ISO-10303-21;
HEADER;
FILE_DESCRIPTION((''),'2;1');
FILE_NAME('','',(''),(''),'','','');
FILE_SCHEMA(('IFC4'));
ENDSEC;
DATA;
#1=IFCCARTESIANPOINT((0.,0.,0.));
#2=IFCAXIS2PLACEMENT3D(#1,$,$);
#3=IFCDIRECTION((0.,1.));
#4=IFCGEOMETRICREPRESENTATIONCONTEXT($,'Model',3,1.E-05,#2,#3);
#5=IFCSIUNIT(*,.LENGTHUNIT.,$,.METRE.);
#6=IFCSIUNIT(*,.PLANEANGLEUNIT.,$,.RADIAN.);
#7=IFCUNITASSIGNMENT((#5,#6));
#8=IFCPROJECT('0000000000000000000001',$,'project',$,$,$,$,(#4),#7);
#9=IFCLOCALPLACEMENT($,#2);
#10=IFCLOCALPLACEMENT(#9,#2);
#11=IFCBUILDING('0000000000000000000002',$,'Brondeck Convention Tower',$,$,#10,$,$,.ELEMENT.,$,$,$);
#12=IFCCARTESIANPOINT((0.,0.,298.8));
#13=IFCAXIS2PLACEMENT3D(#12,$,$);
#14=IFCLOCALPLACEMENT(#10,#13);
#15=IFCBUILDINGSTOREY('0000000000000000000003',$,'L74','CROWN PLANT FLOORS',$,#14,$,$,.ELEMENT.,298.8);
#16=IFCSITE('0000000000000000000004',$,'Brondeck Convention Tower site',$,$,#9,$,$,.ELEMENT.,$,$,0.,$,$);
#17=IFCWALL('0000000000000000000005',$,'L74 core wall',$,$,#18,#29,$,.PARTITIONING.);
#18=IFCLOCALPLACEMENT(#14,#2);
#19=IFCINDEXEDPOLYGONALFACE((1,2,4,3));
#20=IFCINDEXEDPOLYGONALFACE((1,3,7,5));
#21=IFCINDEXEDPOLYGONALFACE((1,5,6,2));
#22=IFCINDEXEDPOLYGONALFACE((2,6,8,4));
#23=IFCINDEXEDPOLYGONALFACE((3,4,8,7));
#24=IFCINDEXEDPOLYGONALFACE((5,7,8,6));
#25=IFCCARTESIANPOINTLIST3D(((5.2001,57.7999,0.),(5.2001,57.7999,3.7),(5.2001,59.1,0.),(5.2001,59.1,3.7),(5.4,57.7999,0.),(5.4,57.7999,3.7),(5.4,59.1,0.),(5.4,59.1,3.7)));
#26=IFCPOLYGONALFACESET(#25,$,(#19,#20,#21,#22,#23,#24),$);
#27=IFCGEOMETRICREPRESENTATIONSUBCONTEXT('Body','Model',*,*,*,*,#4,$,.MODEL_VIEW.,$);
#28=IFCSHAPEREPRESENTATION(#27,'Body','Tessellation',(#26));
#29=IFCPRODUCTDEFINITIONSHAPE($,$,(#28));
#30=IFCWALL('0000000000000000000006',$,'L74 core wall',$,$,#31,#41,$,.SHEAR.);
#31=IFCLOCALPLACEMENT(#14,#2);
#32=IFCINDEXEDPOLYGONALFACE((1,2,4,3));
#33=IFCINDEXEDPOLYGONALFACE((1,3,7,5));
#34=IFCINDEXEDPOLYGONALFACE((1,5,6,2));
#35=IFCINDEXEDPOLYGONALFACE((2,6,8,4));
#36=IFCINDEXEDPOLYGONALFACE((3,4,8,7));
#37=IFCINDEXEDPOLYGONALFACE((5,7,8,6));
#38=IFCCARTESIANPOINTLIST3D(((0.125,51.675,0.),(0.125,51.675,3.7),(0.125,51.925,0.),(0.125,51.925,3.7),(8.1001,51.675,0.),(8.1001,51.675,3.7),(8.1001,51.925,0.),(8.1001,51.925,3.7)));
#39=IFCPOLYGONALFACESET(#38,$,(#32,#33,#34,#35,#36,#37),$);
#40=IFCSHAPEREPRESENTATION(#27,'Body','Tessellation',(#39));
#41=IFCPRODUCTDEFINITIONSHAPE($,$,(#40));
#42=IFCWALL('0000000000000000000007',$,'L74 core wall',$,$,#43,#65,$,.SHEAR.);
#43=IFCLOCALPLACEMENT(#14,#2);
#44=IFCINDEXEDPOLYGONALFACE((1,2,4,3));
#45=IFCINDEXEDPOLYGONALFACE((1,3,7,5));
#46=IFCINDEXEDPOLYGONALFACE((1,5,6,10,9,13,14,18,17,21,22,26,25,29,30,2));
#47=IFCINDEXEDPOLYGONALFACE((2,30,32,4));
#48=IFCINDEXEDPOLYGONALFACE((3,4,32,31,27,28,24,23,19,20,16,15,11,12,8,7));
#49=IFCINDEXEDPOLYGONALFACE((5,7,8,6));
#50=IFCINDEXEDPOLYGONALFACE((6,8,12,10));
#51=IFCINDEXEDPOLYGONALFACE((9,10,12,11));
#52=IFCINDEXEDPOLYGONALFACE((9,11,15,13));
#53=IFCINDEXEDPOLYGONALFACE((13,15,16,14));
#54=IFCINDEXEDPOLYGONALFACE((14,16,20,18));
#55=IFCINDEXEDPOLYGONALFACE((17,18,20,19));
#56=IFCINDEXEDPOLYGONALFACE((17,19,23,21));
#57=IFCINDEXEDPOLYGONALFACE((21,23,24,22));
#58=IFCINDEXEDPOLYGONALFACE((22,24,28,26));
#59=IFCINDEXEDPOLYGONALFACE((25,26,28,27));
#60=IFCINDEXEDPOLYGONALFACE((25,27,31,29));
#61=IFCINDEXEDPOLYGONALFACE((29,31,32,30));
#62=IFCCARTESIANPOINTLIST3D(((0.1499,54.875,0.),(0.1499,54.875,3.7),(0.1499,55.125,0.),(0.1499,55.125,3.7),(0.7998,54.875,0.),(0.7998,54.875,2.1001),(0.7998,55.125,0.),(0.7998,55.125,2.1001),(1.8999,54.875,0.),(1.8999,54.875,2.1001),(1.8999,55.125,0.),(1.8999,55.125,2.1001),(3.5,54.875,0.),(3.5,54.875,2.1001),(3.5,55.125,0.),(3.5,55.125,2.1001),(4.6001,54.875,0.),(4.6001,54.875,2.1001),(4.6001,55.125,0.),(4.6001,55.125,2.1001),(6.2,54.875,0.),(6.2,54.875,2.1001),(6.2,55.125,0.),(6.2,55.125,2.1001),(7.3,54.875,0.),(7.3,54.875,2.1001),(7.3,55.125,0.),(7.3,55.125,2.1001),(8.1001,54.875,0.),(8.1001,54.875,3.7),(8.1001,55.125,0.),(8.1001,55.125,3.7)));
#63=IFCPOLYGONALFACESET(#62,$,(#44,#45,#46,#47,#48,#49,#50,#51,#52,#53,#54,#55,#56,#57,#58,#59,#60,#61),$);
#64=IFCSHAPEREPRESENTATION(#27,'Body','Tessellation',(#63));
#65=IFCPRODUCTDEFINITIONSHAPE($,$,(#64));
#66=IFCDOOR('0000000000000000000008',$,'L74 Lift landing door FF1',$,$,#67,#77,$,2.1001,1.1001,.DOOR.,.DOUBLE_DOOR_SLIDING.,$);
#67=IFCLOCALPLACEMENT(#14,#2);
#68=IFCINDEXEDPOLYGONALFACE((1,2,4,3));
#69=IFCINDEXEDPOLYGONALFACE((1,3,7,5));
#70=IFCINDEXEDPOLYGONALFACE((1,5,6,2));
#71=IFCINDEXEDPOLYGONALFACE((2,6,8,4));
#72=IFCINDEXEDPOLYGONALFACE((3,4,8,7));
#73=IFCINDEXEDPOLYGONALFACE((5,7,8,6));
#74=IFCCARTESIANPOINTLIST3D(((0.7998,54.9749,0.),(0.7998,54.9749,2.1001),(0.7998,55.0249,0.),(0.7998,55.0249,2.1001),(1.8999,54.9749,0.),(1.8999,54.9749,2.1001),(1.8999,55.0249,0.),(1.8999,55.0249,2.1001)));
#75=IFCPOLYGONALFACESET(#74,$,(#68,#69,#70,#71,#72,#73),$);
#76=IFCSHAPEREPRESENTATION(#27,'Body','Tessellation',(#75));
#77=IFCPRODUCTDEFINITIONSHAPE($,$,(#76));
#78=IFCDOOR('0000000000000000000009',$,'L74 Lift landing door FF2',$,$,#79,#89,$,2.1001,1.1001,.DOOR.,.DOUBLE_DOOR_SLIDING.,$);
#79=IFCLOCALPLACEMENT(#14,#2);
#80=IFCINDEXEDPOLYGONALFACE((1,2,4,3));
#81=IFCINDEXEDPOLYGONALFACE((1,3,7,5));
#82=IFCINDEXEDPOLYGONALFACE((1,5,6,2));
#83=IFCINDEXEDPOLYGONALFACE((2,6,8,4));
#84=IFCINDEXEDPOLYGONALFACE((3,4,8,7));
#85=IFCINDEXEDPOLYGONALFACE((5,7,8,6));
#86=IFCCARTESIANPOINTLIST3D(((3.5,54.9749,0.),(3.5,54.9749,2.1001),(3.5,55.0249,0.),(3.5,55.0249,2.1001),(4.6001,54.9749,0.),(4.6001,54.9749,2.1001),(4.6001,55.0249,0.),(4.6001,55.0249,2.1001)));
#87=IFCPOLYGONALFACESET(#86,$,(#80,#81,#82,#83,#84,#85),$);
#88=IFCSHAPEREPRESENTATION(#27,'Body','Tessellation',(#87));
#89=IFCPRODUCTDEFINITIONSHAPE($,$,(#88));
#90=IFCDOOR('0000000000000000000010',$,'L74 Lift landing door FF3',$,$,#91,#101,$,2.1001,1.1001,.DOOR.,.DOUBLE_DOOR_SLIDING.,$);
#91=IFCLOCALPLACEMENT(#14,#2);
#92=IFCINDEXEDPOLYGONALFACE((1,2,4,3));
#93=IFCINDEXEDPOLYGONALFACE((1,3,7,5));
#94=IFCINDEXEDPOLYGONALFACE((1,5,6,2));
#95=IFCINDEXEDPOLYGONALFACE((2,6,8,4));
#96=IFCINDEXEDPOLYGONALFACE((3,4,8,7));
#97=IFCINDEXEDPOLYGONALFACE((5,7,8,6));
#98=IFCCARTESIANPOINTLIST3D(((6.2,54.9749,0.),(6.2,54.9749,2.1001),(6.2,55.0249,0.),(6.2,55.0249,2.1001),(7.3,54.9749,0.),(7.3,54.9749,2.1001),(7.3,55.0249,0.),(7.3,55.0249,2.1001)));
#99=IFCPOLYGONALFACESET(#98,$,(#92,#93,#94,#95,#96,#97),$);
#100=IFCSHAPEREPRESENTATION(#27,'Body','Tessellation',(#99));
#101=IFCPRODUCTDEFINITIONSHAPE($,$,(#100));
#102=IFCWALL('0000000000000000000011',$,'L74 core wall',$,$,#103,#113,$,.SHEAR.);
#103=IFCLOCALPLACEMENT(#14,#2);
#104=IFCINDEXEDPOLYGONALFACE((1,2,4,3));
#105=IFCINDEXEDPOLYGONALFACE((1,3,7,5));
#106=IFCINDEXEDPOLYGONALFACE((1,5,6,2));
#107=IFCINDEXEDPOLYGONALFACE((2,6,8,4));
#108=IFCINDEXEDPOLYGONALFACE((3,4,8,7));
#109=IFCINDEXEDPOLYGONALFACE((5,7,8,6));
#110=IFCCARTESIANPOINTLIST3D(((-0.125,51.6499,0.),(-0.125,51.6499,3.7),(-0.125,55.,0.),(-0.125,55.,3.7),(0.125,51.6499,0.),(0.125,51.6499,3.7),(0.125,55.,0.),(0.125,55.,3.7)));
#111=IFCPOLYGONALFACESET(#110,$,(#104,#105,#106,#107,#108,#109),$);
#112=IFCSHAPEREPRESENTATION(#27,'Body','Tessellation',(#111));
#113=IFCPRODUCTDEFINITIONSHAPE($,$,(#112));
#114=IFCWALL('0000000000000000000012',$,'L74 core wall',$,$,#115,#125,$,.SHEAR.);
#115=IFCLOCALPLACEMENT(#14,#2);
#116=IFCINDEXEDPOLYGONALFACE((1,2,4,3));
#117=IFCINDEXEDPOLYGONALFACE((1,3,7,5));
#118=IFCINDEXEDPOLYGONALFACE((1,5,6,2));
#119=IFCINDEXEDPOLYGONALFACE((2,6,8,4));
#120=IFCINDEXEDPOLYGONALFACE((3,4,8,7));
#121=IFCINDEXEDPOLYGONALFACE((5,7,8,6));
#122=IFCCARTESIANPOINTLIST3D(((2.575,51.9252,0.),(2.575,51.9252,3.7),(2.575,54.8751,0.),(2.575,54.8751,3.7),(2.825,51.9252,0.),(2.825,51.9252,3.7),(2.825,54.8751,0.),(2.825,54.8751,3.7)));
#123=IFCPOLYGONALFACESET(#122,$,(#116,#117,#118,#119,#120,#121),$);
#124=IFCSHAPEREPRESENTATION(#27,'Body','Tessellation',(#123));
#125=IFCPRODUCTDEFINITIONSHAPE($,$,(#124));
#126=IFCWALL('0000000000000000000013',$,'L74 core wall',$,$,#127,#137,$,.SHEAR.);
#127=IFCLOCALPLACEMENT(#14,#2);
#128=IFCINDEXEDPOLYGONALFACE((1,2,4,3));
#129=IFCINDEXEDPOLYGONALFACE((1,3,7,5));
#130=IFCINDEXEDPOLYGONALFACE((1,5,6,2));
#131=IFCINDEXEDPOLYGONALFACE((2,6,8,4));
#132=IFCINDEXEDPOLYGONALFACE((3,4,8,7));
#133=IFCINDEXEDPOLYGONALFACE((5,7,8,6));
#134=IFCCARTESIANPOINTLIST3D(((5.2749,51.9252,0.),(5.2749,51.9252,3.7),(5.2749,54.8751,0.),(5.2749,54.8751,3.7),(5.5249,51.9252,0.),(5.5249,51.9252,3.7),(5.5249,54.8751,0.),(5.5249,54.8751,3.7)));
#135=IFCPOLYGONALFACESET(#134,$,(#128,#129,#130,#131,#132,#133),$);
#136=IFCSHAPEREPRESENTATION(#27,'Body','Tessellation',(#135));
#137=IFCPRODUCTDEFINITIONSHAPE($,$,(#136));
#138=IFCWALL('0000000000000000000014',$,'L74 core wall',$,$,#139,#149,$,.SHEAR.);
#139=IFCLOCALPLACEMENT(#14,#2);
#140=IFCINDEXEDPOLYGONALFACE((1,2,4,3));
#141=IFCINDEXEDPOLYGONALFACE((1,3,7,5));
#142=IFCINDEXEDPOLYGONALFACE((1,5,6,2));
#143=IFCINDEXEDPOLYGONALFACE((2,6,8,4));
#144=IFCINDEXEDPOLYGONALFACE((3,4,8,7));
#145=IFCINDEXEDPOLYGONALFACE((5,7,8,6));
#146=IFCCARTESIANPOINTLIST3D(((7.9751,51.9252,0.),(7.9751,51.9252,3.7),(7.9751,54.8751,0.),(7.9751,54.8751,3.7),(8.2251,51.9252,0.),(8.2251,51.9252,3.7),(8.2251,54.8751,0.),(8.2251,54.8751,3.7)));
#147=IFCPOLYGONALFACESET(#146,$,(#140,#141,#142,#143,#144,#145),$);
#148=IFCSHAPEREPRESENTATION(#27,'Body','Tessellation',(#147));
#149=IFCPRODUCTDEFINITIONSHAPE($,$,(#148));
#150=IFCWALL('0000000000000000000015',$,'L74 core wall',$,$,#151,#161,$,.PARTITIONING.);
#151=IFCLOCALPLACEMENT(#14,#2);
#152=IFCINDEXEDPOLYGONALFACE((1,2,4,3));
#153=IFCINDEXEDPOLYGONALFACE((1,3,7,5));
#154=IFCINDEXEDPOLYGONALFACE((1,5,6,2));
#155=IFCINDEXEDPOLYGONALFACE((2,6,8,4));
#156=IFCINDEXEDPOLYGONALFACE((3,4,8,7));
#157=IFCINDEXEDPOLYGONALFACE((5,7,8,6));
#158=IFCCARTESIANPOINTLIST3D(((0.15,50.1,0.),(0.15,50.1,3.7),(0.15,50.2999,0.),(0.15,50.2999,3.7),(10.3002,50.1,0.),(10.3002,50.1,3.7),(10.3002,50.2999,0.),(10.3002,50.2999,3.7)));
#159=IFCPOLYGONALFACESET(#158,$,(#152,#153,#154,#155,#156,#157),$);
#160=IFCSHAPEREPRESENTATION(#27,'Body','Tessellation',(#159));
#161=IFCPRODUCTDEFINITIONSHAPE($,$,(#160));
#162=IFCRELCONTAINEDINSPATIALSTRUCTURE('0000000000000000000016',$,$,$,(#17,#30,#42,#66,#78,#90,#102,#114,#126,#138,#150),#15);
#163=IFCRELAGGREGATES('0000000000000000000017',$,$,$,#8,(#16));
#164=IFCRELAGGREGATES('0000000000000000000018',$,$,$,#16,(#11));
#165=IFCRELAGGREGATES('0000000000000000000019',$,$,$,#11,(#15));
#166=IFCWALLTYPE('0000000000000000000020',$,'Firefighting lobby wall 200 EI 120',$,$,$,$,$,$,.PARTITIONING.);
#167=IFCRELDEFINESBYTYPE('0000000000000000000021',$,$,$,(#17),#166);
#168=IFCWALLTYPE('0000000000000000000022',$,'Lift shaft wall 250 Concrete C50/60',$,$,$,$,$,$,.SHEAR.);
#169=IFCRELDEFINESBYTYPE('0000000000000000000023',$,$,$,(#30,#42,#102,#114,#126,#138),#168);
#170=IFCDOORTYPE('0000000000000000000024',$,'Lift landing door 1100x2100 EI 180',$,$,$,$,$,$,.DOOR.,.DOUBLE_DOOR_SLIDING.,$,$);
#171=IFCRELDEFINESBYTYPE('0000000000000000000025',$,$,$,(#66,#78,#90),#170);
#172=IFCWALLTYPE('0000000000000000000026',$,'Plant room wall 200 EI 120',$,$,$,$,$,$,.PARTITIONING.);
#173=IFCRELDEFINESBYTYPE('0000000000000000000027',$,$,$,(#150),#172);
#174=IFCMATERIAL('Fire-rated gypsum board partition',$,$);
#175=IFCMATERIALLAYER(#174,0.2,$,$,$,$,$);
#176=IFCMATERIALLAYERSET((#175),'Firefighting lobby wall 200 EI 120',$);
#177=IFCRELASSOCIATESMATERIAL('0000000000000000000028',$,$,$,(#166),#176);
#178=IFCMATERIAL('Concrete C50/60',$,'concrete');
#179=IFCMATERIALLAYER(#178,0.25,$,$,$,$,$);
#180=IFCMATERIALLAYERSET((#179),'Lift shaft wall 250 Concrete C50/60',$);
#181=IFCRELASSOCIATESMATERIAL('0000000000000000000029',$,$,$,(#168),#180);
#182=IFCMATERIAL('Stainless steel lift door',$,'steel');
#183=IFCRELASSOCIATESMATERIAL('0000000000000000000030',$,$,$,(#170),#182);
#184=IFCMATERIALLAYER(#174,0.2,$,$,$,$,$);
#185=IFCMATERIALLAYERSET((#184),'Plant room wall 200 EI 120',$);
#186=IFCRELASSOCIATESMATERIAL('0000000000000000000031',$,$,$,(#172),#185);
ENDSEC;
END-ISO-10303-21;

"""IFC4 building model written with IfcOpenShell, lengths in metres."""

from ifc_helpers import new_model, si_unit, direction, frame, frame_2d, origin, place, context, subcontext, project, spatial, rectangle, extrude, material, layer, layer_set, type_object, element, fill, save


model = new_model("IFC4")

# Units and contexts
model_context = context("Model", 3, precision=1e-05, world=origin(), true_north=direction((0.0, 1.0)))
body_context = subcontext(model_context, "Body", "Model", "MODEL_VIEW")
ifc_project = project(units=[si_unit("LENGTHUNIT", "METRE"), si_unit("PLANEANGLEUNIT", "RADIAN")], contexts=[model_context])

# Site, building, storey
site_placement = place(None, origin())
site = spatial("IfcSite", under=ifc_project, at=site_placement, Name="Brondeck Convention Tower site", CompositionType="ELEMENT", RefElevation=0.0)
building_placement = place(site_placement, origin())
building = spatial("IfcBuilding", under=site, at=building_placement, Name="Brondeck Convention Tower", CompositionType="ELEMENT")
storey_placement = place(building_placement, frame((0.0, 0.0, 298.8)))
storey = spatial("IfcBuildingStorey", under=building, at=storey_placement, Name="L74", Description="CROWN PLANT FLOORS", CompositionType="ELEMENT", Elevation=298.8)

# Shared definitions
ifc_material_1 = material(Name="Concrete C50/60", Category="concrete")

# Walls
ifc_material_2 = material(Name="Fire-rated gypsum board partition")
ifc_layer_1 = layer(ifc_material_2, 0.2)
ifc_layer_set_1 = layer_set([ifc_layer_1], Name="Firefighting lobby wall 200 EI 120")
wall_type_1 = type_object("IfcWallType", Name="Firefighting lobby wall 200 EI 120", PredefinedType="PARTITIONING", material=ifc_layer_set_1)
wall_1_placement = place(storey_placement, frame((5.3, 57.8, 0.0), z_axis=(0.0, 0.0, 1.0), x_axis=(0.0, 1.0, 0.0)))
element("IfcWall", 1, at=wall_1_placement, inside=storey, type_object=wall_type_1, Name="L74 core wall", PredefinedType="PARTITIONING", context=body_context, shape_type="SweptSolid", body=[
    extrude(rectangle(XDim=1.3, YDim=0.2, at=frame_2d((0.6499, 0.0))), origin(), (0.0, 0.0, 1.0), 3.7),
])
ifc_layer_2 = layer(ifc_material_1, 0.25)
ifc_layer_set_2 = layer_set([ifc_layer_2], Name="Lift shaft wall 250 Concrete C50/60")
wall_type_2 = type_object("IfcWallType", Name="Lift shaft wall 250 Concrete C50/60", PredefinedType="SHEAR", material=ifc_layer_set_2)
wall_2_placement = place(storey_placement, frame((0.125, 51.8, 0.0), z_axis=(0.0, 0.0, 1.0), x_axis=(1.0, 0.0, 0.0)))
element("IfcWall", 2, at=wall_2_placement, inside=storey, type_object=wall_type_2, Name="L74 core wall", PredefinedType="SHEAR", context=body_context, shape_type="SweptSolid", body=[
    extrude(rectangle(XDim=7.9751, YDim=0.25, at=frame_2d((3.9875, 0.0))), origin(), (0.0, 0.0, 1.0), 3.7),
])

# Wall, openings, doors
wall_3_placement = place(storey_placement, frame((0.1499, 55.0, 0.0), z_axis=(0.0, 0.0, 1.0), x_axis=(1.0, 0.0, 0.0)))
wall_3 = element("IfcWall", 3, at=wall_3_placement, inside=storey, type_object=wall_type_2, Name="L74 core wall", PredefinedType="SHEAR", context=body_context, shape_type="SweptSolid", body=[
    extrude(rectangle(XDim=7.9502, YDim=0.25, at=frame_2d((3.9751, 0.0))), origin(), (0.0, 0.0, 1.0), 3.7),
])
opening_1_placement = place(wall_3_placement, frame((0.6499, 0.0, 0.0)))
opening_1 = element("IfcOpeningElement", 4, at=opening_1_placement, cuts=wall_3, PredefinedType="OPENING", context=body_context, shape_type="SweptSolid", body=[
    extrude(rectangle(XDim=1.1001, YDim=2.1001, at=frame_2d((0.55, 1.05))), frame((0.0, 0.135, 0.0), z_axis=(0.0, -1.0, 0.0), x_axis=(1.0, 0.0, 0.0)), (0.0, 0.0, 1.0), 0.27),
])
opening_2_placement = place(wall_3_placement, frame((3.3501, 0.0, 0.0)))
opening_2 = element("IfcOpeningElement", 5, at=opening_2_placement, cuts=wall_3, PredefinedType="OPENING", context=body_context, shape_type="SweptSolid", body=[
    extrude(rectangle(XDim=1.1001, YDim=2.1001, at=frame_2d((0.55, 1.05))), frame((0.0, 0.135, 0.0), z_axis=(0.0, -1.0, 0.0), x_axis=(1.0, 0.0, 0.0)), (0.0, 0.0, 1.0), 0.27),
])
opening_3_placement = place(wall_3_placement, frame((6.05, 0.0, 0.0)))
opening_3 = element("IfcOpeningElement", 6, at=opening_3_placement, cuts=wall_3, PredefinedType="OPENING", context=body_context, shape_type="SweptSolid", body=[
    extrude(rectangle(XDim=1.1001, YDim=2.1001, at=frame_2d((0.55, 1.05))), frame((0.0, 0.135, 0.0), z_axis=(0.0, -1.0, 0.0), x_axis=(1.0, 0.0, 0.0)), (0.0, 0.0, 1.0), 0.27),
])
ifc_material_3 = material(Name="Stainless steel lift door", Category="steel")
door_type_1 = type_object("IfcDoorType", Name="Lift landing door 1100x2100 EI 180", OperationType="DOUBLE_DOOR_SLIDING", PredefinedType="DOOR", material=ifc_material_3)
door_1_placement = place(opening_1_placement, origin())
door_1 = element("IfcDoor", 7, at=door_1_placement, inside=storey, type_object=door_type_1, Name="L74 Lift landing door FF1", OperationType="DOUBLE_DOOR_SLIDING", OverallHeight=2.1001, OverallWidth=1.1001, PredefinedType="DOOR", context=body_context, shape_type="SweptSolid", body=[
    extrude(rectangle(XDim=1.1001, YDim=2.1001, at=frame_2d((0.55, 1.05))), frame((0.0, 0.0249, 0.0), z_axis=(0.0, -1.0, 0.0), x_axis=(1.0, 0.0, 0.0)), (0.0, 0.0, 1.0), 0.05),
])
fill(opening_1, door_1)
door_2_placement = place(opening_2_placement, origin())
door_2 = element("IfcDoor", 8, at=door_2_placement, inside=storey, type_object=door_type_1, Name="L74 Lift landing door FF2", OperationType="DOUBLE_DOOR_SLIDING", OverallHeight=2.1001, OverallWidth=1.1001, PredefinedType="DOOR", context=body_context, shape_type="SweptSolid", body=[
    extrude(rectangle(XDim=1.1001, YDim=2.1001, at=frame_2d((0.55, 1.05))), frame((0.0, 0.0249, 0.0), z_axis=(0.0, -1.0, 0.0), x_axis=(1.0, 0.0, 0.0)), (0.0, 0.0, 1.0), 0.05),
])
fill(opening_2, door_2)
door_3_placement = place(opening_3_placement, origin())
door_3 = element("IfcDoor", 9, at=door_3_placement, inside=storey, type_object=door_type_1, Name="L74 Lift landing door FF3", OperationType="DOUBLE_DOOR_SLIDING", OverallHeight=2.1001, OverallWidth=1.1001, PredefinedType="DOOR", context=body_context, shape_type="SweptSolid", body=[
    extrude(rectangle(XDim=1.1001, YDim=2.1001, at=frame_2d((0.55, 1.05))), frame((0.0, 0.0249, 0.0), z_axis=(0.0, -1.0, 0.0), x_axis=(1.0, 0.0, 0.0)), (0.0, 0.0, 1.0), 0.05),
])
fill(opening_3, door_3)

# Walls
wall_4_placement = place(storey_placement, frame((0.0, 51.6499, 0.0), z_axis=(0.0, 0.0, 1.0), x_axis=(0.0, 1.0, 0.0)))
element("IfcWall", 10, at=wall_4_placement, inside=storey, type_object=wall_type_2, Name="L74 core wall", PredefinedType="SHEAR", context=body_context, shape_type="SweptSolid", body=[
    extrude(rectangle(XDim=3.3501, YDim=0.25, at=frame_2d((1.675, 0.0))), origin(), (0.0, 0.0, 1.0), 3.7),
])
for number, where, z_axis, x_axis, name in (
    (11, (2.7, 51.925, 0.0), (0.0, 0.0, 1.0), (0.0, 1.0, 0.0), "L74 core wall"),
    (12, (5.3999, 51.925, 0.0), (0.0, 0.0, 1.0), (0.0, 1.0, 0.0), "L74 core wall"),
    (13, (8.1001, 51.925, 0.0), (0.0, 0.0, 1.0), (0.0, 1.0, 0.0), "L74 core wall"),
):
    element("IfcWall", number, at=place(storey_placement, frame(where, z_axis=z_axis, x_axis=x_axis)), inside=storey, type_object=wall_type_2, Name=name, PredefinedType="SHEAR", context=body_context, shape_type="SweptSolid", body=[
        extrude(rectangle(XDim=2.95, YDim=0.25, at=frame_2d((1.4751, 0.0))), origin(), (0.0, 0.0, 1.0), 3.7),
    ])
ifc_layer_3 = layer(ifc_material_2, 0.2)
ifc_layer_set_3 = layer_set([ifc_layer_3], Name="Plant room wall 200 EI 120")
wall_type_3 = type_object("IfcWallType", Name="Plant room wall 200 EI 120", PredefinedType="PARTITIONING", material=ifc_layer_set_3)
wall_5_placement = place(storey_placement, frame((0.1499, 50.2, 0.0), z_axis=(0.0, 0.0, 1.0), x_axis=(1.0, 0.0, 0.0)))
element("IfcWall", 14, at=wall_5_placement, inside=storey, type_object=wall_type_3, Name="L74 core wall", PredefinedType="PARTITIONING", context=body_context, shape_type="SweptSolid", body=[
    extrude(rectangle(XDim=10.1501, YDim=0.2, at=frame_2d((5.0752, 0.0))), origin(), (0.0, 0.0, 1.0), 3.7),
])

save(model, "model.ifc")
